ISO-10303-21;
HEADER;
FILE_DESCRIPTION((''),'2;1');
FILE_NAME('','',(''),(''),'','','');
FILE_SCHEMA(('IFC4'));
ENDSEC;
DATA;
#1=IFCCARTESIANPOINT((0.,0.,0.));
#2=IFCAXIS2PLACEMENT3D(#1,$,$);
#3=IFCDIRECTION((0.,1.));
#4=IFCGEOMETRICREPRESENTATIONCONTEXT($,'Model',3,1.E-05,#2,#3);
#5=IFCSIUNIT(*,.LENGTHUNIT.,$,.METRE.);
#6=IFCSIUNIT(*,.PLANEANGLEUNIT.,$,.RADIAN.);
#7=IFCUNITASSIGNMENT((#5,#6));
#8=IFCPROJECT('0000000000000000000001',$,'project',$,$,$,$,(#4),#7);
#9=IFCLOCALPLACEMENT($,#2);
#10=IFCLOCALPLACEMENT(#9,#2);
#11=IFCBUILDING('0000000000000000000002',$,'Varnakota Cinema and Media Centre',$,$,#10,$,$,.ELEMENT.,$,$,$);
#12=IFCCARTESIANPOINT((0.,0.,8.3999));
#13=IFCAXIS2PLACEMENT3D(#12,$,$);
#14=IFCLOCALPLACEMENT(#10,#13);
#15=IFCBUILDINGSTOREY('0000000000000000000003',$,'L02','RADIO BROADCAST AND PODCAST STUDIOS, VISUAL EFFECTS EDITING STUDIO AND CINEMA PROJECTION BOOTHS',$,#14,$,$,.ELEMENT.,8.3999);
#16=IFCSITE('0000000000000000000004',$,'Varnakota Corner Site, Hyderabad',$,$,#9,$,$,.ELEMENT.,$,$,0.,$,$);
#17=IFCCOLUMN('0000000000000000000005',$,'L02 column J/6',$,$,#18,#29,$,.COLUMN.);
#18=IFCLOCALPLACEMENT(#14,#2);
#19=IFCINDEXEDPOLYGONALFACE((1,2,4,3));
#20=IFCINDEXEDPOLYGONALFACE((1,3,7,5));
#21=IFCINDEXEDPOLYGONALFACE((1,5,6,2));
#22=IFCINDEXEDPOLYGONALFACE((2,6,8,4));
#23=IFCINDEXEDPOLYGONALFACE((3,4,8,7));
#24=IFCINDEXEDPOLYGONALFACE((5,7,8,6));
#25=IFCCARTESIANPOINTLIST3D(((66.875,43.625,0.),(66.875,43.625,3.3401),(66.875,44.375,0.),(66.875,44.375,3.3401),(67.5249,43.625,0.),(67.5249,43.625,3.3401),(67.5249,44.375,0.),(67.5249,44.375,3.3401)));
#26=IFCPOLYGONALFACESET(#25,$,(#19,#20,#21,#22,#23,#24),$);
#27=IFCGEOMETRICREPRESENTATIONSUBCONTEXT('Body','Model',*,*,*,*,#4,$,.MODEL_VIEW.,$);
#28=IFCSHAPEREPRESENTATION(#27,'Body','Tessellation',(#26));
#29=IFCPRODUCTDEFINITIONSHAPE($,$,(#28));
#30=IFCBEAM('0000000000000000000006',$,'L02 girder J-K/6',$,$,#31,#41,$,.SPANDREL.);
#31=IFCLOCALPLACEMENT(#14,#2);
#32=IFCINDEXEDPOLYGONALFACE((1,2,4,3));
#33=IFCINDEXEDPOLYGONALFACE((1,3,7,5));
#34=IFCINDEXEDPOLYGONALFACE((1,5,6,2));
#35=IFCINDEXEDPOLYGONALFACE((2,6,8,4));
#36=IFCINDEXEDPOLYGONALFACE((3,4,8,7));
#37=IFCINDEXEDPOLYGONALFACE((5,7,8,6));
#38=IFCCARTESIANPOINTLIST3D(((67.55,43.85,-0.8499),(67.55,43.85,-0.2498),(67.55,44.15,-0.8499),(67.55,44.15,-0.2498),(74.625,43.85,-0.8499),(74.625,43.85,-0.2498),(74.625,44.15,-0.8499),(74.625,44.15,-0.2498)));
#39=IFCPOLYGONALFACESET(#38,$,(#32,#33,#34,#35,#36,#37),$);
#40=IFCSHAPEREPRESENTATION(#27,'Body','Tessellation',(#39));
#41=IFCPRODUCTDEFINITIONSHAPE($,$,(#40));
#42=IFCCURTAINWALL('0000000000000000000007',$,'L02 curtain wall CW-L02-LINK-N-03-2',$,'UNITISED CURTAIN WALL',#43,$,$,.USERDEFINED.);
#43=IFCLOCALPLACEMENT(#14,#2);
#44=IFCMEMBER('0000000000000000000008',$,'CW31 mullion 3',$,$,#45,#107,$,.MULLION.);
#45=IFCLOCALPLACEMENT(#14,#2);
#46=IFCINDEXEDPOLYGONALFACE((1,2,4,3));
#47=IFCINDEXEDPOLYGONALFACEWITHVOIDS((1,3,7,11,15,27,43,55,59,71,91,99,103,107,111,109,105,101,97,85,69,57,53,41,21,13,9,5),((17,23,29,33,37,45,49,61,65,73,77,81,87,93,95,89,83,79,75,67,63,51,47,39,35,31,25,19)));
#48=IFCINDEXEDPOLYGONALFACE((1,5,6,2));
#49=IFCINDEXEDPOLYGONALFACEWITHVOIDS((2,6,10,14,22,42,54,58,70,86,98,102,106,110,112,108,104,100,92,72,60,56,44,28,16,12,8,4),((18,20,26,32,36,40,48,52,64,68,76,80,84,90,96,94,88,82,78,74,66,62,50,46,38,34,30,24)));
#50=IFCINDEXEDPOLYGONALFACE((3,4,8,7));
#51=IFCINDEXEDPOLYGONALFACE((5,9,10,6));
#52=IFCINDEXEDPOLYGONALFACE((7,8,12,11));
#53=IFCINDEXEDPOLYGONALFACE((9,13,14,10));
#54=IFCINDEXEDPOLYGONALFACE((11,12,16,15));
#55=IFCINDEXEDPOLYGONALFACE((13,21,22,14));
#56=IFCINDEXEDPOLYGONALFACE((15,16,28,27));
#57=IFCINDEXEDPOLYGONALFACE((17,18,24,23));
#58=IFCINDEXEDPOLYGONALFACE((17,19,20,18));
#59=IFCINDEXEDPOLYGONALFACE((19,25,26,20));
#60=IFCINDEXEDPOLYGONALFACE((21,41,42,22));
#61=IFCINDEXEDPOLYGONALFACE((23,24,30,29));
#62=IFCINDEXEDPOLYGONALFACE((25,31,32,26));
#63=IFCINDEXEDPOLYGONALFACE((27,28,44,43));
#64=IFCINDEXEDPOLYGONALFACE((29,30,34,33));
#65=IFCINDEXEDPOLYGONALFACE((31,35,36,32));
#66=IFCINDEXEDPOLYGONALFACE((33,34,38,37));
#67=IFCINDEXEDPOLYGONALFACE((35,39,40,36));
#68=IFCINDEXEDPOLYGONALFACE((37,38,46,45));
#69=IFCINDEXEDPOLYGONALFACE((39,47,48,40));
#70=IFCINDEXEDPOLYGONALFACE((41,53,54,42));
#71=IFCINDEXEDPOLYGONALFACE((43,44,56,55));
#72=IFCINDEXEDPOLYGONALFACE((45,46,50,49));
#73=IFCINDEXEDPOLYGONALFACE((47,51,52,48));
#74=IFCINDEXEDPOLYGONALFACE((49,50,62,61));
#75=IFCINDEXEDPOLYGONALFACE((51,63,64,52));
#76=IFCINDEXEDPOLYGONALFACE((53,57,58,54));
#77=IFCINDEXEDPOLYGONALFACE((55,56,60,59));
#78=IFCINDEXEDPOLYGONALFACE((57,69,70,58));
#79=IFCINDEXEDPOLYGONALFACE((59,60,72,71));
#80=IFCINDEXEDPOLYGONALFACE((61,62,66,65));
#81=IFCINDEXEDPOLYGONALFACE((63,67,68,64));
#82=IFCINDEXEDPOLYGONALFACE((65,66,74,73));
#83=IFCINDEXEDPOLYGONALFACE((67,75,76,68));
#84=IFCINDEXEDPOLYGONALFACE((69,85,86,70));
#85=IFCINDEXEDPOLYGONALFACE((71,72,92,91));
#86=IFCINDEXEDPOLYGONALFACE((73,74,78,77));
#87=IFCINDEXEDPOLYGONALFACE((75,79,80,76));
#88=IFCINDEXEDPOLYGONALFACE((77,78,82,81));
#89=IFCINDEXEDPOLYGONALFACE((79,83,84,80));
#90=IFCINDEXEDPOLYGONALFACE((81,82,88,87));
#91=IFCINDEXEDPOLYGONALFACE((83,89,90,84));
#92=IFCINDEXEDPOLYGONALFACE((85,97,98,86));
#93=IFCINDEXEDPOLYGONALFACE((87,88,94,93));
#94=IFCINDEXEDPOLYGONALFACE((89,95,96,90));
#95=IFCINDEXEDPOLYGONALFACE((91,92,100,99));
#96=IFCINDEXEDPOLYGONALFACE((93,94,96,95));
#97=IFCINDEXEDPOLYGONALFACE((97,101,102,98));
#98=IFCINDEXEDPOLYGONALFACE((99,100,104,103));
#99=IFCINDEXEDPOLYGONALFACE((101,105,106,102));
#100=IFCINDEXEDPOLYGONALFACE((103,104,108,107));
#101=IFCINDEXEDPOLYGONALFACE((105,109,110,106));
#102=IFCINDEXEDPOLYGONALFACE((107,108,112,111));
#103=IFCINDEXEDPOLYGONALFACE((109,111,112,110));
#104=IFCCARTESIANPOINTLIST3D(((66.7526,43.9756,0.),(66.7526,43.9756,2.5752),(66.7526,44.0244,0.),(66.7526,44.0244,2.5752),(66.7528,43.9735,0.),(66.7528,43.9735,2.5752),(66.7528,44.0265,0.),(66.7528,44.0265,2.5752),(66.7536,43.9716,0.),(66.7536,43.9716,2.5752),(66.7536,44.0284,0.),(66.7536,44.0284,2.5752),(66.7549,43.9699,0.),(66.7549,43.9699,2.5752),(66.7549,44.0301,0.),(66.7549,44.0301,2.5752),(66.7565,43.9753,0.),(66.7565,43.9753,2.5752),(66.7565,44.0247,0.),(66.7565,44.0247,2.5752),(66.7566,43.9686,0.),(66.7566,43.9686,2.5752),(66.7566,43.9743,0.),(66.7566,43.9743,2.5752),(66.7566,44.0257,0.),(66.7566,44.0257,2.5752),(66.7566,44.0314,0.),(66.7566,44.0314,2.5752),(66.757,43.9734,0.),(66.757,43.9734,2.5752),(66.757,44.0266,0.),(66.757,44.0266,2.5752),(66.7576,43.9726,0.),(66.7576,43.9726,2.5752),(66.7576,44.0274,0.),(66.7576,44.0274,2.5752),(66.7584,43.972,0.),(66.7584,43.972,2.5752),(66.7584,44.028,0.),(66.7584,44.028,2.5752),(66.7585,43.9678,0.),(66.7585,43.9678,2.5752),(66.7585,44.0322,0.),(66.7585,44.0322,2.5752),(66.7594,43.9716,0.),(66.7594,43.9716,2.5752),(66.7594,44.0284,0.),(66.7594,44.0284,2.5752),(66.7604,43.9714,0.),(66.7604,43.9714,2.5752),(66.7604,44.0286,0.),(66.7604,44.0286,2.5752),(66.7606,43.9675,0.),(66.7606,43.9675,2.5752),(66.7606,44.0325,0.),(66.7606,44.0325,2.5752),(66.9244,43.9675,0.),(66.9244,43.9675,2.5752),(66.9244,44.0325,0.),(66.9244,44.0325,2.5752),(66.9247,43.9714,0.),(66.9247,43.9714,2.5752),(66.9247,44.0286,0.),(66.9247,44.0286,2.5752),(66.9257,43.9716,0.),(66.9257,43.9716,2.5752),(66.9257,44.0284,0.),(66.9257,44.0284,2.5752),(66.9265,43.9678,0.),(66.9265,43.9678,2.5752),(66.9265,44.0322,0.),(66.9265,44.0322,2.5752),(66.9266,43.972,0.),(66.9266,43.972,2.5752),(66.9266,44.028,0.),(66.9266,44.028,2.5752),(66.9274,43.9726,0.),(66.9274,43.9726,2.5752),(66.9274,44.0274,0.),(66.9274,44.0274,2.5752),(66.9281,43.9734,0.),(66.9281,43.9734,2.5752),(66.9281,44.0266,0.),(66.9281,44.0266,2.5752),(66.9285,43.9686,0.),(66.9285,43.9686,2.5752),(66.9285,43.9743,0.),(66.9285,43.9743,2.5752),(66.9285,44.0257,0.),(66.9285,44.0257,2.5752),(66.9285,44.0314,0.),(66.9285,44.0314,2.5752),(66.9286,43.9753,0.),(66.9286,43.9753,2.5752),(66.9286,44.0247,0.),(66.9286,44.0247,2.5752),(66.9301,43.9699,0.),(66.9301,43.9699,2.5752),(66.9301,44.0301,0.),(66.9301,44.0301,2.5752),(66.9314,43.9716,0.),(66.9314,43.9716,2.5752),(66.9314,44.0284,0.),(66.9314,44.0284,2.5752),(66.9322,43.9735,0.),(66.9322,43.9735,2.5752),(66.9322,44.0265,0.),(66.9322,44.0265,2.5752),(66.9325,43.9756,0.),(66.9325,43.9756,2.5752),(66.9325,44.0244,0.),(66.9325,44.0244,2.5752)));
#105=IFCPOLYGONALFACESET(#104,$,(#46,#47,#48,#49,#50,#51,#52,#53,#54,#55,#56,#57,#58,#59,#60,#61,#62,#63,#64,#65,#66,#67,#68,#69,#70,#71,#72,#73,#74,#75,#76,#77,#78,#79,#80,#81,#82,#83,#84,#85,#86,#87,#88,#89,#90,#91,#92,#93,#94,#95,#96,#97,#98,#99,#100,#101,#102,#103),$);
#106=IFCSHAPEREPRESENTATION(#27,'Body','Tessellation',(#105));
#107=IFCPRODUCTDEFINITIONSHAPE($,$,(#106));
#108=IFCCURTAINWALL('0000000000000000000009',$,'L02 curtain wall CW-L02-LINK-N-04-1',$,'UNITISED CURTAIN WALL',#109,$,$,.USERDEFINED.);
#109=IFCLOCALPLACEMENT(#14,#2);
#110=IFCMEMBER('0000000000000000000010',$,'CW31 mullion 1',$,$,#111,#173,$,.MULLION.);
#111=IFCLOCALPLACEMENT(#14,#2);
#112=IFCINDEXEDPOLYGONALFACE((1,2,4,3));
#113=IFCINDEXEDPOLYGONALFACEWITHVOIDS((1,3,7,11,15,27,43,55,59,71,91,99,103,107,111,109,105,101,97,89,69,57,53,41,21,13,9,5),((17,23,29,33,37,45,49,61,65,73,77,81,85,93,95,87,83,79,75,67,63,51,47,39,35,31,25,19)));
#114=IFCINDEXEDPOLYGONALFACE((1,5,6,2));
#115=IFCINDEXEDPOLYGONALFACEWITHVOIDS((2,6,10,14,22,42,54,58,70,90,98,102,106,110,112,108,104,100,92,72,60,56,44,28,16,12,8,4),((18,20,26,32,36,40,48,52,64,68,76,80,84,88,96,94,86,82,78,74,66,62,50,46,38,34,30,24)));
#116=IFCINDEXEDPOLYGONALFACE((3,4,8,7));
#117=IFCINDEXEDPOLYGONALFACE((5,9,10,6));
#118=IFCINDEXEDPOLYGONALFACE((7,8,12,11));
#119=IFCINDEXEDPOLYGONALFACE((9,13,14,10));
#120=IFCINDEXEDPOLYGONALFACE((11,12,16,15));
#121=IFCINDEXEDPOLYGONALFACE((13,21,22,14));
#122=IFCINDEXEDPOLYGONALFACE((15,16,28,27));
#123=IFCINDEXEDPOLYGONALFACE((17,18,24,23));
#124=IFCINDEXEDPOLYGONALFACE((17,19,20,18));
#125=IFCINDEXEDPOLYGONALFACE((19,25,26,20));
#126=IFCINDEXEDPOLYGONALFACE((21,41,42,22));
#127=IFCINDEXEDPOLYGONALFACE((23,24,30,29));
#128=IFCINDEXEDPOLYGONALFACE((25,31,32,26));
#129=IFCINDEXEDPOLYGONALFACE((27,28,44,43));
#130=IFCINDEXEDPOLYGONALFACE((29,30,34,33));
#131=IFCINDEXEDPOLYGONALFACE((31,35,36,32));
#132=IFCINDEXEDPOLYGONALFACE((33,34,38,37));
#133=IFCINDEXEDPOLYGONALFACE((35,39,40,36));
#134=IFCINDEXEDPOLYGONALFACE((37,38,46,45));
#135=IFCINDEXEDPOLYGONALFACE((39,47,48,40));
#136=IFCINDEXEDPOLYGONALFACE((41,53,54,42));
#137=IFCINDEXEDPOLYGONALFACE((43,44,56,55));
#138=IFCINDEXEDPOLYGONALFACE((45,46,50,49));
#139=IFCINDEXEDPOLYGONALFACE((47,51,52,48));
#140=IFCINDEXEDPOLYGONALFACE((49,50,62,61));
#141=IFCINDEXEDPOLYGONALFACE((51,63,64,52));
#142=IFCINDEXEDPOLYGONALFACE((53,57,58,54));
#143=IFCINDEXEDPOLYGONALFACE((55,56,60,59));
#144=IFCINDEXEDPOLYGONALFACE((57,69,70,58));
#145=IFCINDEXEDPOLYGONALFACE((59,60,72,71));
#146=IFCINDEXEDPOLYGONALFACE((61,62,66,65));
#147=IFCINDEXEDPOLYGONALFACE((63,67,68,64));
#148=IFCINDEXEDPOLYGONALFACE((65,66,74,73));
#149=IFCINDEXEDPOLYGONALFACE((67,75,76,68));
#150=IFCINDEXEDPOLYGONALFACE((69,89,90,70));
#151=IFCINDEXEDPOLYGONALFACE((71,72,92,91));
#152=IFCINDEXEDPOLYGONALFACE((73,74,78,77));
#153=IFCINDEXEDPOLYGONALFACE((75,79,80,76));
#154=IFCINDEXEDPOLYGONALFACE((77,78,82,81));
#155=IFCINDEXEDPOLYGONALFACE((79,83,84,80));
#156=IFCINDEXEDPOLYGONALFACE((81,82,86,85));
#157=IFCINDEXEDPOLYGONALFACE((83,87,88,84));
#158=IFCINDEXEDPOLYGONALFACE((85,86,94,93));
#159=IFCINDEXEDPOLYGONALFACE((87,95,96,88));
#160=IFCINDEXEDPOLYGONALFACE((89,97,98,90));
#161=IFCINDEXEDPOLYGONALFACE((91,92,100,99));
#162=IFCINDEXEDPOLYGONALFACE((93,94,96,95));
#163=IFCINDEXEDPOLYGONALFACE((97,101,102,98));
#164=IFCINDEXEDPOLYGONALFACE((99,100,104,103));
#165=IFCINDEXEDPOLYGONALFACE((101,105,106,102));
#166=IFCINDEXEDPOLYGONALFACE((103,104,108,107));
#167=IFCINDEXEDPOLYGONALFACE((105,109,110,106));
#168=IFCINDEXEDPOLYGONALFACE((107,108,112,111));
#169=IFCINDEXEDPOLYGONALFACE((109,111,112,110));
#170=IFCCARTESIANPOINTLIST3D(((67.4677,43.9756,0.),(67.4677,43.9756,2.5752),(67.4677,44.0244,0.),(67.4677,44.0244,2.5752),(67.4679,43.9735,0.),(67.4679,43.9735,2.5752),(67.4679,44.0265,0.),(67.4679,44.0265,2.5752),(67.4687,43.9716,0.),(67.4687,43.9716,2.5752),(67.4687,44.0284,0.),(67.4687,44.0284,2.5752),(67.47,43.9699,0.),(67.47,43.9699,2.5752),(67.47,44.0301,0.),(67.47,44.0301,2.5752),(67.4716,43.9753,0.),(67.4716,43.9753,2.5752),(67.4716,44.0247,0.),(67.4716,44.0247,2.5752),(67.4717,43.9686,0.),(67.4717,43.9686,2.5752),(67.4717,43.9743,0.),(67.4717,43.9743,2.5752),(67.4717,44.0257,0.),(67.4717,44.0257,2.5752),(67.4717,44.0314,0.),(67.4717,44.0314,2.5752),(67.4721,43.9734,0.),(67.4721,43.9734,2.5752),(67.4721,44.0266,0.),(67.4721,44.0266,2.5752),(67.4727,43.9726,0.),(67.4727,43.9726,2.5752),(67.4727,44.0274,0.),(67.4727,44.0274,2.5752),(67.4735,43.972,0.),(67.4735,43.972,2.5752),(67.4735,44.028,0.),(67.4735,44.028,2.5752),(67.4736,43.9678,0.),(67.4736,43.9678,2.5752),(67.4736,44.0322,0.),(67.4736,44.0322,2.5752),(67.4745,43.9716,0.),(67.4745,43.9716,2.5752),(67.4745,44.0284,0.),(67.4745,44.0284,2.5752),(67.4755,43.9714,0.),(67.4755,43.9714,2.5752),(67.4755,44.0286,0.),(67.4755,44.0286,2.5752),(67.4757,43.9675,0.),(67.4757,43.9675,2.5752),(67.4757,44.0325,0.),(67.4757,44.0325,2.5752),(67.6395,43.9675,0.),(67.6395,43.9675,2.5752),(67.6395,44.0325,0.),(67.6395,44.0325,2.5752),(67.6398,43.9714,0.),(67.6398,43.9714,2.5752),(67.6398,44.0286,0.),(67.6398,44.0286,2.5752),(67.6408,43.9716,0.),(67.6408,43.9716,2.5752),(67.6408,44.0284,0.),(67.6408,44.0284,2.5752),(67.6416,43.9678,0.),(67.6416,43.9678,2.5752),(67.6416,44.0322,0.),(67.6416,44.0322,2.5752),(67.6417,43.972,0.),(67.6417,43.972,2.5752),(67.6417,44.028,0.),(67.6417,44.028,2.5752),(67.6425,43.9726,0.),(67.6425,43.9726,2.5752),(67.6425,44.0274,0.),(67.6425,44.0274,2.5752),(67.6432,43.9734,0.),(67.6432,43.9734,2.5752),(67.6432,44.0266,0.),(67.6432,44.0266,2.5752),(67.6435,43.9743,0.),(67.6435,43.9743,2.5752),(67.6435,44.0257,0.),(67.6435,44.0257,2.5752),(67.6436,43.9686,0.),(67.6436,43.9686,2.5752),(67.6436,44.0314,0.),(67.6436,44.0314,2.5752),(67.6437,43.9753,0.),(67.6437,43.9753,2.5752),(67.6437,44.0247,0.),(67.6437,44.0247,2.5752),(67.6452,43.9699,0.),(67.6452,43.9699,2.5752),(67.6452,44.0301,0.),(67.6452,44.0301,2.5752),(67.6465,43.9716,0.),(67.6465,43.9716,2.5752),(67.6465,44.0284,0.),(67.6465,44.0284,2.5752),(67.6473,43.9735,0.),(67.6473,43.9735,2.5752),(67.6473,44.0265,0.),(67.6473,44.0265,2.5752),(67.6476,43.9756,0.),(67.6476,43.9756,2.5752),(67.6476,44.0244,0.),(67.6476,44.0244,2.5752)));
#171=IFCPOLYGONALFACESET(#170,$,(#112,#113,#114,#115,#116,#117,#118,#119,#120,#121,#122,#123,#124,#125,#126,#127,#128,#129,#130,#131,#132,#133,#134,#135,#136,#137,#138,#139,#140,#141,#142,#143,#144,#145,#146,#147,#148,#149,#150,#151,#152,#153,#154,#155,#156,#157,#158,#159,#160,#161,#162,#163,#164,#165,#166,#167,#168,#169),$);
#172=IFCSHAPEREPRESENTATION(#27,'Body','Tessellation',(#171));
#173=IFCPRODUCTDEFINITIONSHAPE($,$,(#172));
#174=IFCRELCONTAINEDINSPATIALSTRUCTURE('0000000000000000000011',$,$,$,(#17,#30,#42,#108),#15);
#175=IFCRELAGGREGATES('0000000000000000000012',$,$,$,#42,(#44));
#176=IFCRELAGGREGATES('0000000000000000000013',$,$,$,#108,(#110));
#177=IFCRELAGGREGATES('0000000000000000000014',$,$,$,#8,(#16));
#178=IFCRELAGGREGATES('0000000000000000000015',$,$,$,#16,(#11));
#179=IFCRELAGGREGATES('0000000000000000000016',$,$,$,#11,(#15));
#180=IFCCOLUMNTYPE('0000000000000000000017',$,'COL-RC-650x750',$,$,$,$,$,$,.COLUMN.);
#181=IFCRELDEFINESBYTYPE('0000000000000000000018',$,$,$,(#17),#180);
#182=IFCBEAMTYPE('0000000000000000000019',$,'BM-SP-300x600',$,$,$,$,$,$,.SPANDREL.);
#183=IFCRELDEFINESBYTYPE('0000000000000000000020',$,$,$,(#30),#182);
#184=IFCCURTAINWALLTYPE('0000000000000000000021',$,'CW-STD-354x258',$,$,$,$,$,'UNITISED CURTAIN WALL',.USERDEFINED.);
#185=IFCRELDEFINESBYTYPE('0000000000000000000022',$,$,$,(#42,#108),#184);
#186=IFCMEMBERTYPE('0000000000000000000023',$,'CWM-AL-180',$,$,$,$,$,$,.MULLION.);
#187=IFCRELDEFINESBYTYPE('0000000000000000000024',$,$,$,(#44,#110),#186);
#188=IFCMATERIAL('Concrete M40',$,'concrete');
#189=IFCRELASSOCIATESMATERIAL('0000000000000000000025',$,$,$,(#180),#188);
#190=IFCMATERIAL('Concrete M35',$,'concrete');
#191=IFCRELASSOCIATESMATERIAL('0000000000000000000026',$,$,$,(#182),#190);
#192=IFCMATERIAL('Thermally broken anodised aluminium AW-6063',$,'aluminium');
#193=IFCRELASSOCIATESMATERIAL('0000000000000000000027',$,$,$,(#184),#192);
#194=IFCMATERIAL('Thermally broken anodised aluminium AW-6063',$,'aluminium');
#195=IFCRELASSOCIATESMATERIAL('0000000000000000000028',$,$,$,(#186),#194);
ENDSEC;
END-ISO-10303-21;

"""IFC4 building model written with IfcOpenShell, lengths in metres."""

from ifc_helpers import new_model, si_unit, direction, frame, origin, origin_2d, place, context, subcontext, project, spatial, rectangle, hollow_rectangle, extrude, material, material_profile, profile_set, type_object, element, aggregate, save


model = new_model("IFC4")

# Units and contexts
model_context = context("Model", 3, precision=1e-05, world=origin(), true_north=direction((0.0, 1.0)))
body_context = subcontext(model_context, "Body", "Model", "MODEL_VIEW")
ifc_project = project(units=[si_unit("LENGTHUNIT", "METRE"), si_unit("PLANEANGLEUNIT", "RADIAN")], contexts=[model_context])

# Site, building, storey
site_placement = place(None, origin())
site = spatial("IfcSite", under=ifc_project, at=site_placement, Name="Varnakota Corner Site, Hyderabad", CompositionType="ELEMENT", RefElevation=0.0)
building_placement = place(site_placement, origin())
building = spatial("IfcBuilding", under=site, at=building_placement, Name="Varnakota Cinema and Media Centre", CompositionType="ELEMENT")
storey_placement = place(building_placement, frame((0.0, 0.0, 8.3999)))
storey = spatial("IfcBuildingStorey", under=building, at=storey_placement, Name="L02", Description="RADIO BROADCAST AND PODCAST STUDIOS, VISUAL EFFECTS EDITING STUDIO AND CINEMA PROJECTION BOOTHS", CompositionType="ELEMENT", Elevation=8.3999)

# Column
ifc_material_1 = material(Name="Concrete M40", Category="concrete")
ifc_material_profile_1 = material_profile(ifc_material_1, rectangle(XDim=0.6499, YDim=0.75, at=origin_2d()), Name="RC 650x750")
ifc_profile_set_1 = profile_set([ifc_material_profile_1], Name="Concrete M40")
column_type = type_object("IfcColumnType", Name="COL-RC-650x750", PredefinedType="COLUMN", material=ifc_profile_set_1)
column_placement = place(storey_placement, frame((67.2, 44.0, 0.0), z_axis=(0.0, 0.0, 1.0), x_axis=(1.0, 0.0, 0.0)))
element("IfcColumn", 1, at=column_placement, inside=storey, type_object=column_type, Name="L02 column J/6", PredefinedType="COLUMN", context=body_context, shape_type="SweptSolid", body=[
    extrude(rectangle(XDim=0.6499, YDim=0.75, at=origin_2d()), origin(), (0.0, 0.0, 1.0), 3.3401),
])

# Beam
ifc_material_2 = material(Name="Concrete M35", Category="concrete")
ifc_material_profile_2 = material_profile(ifc_material_2, rectangle(XDim=0.3, YDim=0.6001, at=origin_2d()), Name="RCB 300x600")
ifc_profile_set_2 = profile_set([ifc_material_profile_2], Name="Concrete M35")
beam_type = type_object("IfcBeamType", Name="BM-SP-300x600", PredefinedType="SPANDREL", material=ifc_profile_set_2)
beam_placement = place(storey_placement, frame((67.55, 44.0, -0.5498), z_axis=(1.0, 0.0, 0.0), x_axis=(0.0, 1.0, 0.0)))
element("IfcBeam", 2, at=beam_placement, inside=storey, type_object=beam_type, Name="L02 girder J-K/6", PredefinedType="SPANDREL", context=body_context, shape_type="SweptSolid", body=[
    extrude(rectangle(XDim=0.3, YDim=0.6001, at=origin_2d()), origin(), (0.0, 0.0, 1.0), 7.075),
])

# Curtain wall, member
ifc_material_3 = material(Name="Thermally broken anodised aluminium AW-6063", Category="aluminium")
curtain_wall_type = type_object("IfcCurtainWallType", Name="CW-STD-354x258", ElementType="UNITISED CURTAIN WALL", PredefinedType="USERDEFINED", material=ifc_material_3)
curtain_wall_1_placement = place(storey_placement, origin())
curtain_wall_1 = element("IfcCurtainWall", 3, at=curtain_wall_1_placement, inside=storey, type_object=curtain_wall_type, Name="L02 curtain wall CW-L02-LINK-N-03-2", ObjectType="UNITISED CURTAIN WALL", PredefinedType="USERDEFINED")
ifc_material_4 = material(Name="Thermally broken anodised aluminium AW-6063", Category="aluminium")
ifc_material_profile_3 = material_profile(ifc_material_4, hollow_rectangle(XDim=0.0649, YDim=0.1799, WallThickness=0.0039, InnerFilletRadius=0.0039, OuterFilletRadius=0.0081, at=origin_2d()), Name="AL-MULLION 180x65x4")
ifc_profile_set_3 = profile_set([ifc_material_profile_3], Name="Thermally broken anodised aluminium AW-6063")
member_type_1 = type_object("IfcMemberType", Name="CWM-AL-180", PredefinedType="MULLION", material=ifc_profile_set_3)
member_1_placement = place(storey_placement, frame((66.8425, 44.0, 0.0), z_axis=(0.0, 0.0, 1.0), x_axis=(0.0, 1.0, 0.0)))
member_1 = element("IfcMember", 4, at=member_1_placement, type_object=member_type_1, Name="CW31 mullion 3", PredefinedType="MULLION", context=body_context, shape_type="SweptSolid", body=[
    extrude(hollow_rectangle(XDim=0.0649, YDim=0.1799, WallThickness=0.0039, InnerFilletRadius=0.0039, OuterFilletRadius=0.0081, at=origin_2d()), origin(), (0.0, 0.0, 1.0), 2.5752),
])

# Curtain wall, member
curtain_wall_2_placement = place(storey_placement, origin())
curtain_wall_2 = element("IfcCurtainWall", 5, at=curtain_wall_2_placement, inside=storey, type_object=curtain_wall_type, Name="L02 curtain wall CW-L02-LINK-N-04-1", ObjectType="UNITISED CURTAIN WALL", PredefinedType="USERDEFINED")
member_2_placement = place(storey_placement, frame((67.5576, 44.0, 0.0), z_axis=(0.0, 0.0, 1.0), x_axis=(0.0, 1.0, 0.0)))
member_2 = element("IfcMember", 6, at=member_2_placement, type_object=member_type_1, Name="CW31 mullion 1", PredefinedType="MULLION", context=body_context, shape_type="SweptSolid", body=[
    extrude(hollow_rectangle(XDim=0.0649, YDim=0.1799, WallThickness=0.0039, InnerFilletRadius=0.0039, OuterFilletRadius=0.0081, at=origin_2d()), origin(), (0.0, 0.0, 1.0), 2.5752),
])

aggregate(curtain_wall_1, [member_1])
aggregate(curtain_wall_2, [member_2])

save(model, "model.ifc")
